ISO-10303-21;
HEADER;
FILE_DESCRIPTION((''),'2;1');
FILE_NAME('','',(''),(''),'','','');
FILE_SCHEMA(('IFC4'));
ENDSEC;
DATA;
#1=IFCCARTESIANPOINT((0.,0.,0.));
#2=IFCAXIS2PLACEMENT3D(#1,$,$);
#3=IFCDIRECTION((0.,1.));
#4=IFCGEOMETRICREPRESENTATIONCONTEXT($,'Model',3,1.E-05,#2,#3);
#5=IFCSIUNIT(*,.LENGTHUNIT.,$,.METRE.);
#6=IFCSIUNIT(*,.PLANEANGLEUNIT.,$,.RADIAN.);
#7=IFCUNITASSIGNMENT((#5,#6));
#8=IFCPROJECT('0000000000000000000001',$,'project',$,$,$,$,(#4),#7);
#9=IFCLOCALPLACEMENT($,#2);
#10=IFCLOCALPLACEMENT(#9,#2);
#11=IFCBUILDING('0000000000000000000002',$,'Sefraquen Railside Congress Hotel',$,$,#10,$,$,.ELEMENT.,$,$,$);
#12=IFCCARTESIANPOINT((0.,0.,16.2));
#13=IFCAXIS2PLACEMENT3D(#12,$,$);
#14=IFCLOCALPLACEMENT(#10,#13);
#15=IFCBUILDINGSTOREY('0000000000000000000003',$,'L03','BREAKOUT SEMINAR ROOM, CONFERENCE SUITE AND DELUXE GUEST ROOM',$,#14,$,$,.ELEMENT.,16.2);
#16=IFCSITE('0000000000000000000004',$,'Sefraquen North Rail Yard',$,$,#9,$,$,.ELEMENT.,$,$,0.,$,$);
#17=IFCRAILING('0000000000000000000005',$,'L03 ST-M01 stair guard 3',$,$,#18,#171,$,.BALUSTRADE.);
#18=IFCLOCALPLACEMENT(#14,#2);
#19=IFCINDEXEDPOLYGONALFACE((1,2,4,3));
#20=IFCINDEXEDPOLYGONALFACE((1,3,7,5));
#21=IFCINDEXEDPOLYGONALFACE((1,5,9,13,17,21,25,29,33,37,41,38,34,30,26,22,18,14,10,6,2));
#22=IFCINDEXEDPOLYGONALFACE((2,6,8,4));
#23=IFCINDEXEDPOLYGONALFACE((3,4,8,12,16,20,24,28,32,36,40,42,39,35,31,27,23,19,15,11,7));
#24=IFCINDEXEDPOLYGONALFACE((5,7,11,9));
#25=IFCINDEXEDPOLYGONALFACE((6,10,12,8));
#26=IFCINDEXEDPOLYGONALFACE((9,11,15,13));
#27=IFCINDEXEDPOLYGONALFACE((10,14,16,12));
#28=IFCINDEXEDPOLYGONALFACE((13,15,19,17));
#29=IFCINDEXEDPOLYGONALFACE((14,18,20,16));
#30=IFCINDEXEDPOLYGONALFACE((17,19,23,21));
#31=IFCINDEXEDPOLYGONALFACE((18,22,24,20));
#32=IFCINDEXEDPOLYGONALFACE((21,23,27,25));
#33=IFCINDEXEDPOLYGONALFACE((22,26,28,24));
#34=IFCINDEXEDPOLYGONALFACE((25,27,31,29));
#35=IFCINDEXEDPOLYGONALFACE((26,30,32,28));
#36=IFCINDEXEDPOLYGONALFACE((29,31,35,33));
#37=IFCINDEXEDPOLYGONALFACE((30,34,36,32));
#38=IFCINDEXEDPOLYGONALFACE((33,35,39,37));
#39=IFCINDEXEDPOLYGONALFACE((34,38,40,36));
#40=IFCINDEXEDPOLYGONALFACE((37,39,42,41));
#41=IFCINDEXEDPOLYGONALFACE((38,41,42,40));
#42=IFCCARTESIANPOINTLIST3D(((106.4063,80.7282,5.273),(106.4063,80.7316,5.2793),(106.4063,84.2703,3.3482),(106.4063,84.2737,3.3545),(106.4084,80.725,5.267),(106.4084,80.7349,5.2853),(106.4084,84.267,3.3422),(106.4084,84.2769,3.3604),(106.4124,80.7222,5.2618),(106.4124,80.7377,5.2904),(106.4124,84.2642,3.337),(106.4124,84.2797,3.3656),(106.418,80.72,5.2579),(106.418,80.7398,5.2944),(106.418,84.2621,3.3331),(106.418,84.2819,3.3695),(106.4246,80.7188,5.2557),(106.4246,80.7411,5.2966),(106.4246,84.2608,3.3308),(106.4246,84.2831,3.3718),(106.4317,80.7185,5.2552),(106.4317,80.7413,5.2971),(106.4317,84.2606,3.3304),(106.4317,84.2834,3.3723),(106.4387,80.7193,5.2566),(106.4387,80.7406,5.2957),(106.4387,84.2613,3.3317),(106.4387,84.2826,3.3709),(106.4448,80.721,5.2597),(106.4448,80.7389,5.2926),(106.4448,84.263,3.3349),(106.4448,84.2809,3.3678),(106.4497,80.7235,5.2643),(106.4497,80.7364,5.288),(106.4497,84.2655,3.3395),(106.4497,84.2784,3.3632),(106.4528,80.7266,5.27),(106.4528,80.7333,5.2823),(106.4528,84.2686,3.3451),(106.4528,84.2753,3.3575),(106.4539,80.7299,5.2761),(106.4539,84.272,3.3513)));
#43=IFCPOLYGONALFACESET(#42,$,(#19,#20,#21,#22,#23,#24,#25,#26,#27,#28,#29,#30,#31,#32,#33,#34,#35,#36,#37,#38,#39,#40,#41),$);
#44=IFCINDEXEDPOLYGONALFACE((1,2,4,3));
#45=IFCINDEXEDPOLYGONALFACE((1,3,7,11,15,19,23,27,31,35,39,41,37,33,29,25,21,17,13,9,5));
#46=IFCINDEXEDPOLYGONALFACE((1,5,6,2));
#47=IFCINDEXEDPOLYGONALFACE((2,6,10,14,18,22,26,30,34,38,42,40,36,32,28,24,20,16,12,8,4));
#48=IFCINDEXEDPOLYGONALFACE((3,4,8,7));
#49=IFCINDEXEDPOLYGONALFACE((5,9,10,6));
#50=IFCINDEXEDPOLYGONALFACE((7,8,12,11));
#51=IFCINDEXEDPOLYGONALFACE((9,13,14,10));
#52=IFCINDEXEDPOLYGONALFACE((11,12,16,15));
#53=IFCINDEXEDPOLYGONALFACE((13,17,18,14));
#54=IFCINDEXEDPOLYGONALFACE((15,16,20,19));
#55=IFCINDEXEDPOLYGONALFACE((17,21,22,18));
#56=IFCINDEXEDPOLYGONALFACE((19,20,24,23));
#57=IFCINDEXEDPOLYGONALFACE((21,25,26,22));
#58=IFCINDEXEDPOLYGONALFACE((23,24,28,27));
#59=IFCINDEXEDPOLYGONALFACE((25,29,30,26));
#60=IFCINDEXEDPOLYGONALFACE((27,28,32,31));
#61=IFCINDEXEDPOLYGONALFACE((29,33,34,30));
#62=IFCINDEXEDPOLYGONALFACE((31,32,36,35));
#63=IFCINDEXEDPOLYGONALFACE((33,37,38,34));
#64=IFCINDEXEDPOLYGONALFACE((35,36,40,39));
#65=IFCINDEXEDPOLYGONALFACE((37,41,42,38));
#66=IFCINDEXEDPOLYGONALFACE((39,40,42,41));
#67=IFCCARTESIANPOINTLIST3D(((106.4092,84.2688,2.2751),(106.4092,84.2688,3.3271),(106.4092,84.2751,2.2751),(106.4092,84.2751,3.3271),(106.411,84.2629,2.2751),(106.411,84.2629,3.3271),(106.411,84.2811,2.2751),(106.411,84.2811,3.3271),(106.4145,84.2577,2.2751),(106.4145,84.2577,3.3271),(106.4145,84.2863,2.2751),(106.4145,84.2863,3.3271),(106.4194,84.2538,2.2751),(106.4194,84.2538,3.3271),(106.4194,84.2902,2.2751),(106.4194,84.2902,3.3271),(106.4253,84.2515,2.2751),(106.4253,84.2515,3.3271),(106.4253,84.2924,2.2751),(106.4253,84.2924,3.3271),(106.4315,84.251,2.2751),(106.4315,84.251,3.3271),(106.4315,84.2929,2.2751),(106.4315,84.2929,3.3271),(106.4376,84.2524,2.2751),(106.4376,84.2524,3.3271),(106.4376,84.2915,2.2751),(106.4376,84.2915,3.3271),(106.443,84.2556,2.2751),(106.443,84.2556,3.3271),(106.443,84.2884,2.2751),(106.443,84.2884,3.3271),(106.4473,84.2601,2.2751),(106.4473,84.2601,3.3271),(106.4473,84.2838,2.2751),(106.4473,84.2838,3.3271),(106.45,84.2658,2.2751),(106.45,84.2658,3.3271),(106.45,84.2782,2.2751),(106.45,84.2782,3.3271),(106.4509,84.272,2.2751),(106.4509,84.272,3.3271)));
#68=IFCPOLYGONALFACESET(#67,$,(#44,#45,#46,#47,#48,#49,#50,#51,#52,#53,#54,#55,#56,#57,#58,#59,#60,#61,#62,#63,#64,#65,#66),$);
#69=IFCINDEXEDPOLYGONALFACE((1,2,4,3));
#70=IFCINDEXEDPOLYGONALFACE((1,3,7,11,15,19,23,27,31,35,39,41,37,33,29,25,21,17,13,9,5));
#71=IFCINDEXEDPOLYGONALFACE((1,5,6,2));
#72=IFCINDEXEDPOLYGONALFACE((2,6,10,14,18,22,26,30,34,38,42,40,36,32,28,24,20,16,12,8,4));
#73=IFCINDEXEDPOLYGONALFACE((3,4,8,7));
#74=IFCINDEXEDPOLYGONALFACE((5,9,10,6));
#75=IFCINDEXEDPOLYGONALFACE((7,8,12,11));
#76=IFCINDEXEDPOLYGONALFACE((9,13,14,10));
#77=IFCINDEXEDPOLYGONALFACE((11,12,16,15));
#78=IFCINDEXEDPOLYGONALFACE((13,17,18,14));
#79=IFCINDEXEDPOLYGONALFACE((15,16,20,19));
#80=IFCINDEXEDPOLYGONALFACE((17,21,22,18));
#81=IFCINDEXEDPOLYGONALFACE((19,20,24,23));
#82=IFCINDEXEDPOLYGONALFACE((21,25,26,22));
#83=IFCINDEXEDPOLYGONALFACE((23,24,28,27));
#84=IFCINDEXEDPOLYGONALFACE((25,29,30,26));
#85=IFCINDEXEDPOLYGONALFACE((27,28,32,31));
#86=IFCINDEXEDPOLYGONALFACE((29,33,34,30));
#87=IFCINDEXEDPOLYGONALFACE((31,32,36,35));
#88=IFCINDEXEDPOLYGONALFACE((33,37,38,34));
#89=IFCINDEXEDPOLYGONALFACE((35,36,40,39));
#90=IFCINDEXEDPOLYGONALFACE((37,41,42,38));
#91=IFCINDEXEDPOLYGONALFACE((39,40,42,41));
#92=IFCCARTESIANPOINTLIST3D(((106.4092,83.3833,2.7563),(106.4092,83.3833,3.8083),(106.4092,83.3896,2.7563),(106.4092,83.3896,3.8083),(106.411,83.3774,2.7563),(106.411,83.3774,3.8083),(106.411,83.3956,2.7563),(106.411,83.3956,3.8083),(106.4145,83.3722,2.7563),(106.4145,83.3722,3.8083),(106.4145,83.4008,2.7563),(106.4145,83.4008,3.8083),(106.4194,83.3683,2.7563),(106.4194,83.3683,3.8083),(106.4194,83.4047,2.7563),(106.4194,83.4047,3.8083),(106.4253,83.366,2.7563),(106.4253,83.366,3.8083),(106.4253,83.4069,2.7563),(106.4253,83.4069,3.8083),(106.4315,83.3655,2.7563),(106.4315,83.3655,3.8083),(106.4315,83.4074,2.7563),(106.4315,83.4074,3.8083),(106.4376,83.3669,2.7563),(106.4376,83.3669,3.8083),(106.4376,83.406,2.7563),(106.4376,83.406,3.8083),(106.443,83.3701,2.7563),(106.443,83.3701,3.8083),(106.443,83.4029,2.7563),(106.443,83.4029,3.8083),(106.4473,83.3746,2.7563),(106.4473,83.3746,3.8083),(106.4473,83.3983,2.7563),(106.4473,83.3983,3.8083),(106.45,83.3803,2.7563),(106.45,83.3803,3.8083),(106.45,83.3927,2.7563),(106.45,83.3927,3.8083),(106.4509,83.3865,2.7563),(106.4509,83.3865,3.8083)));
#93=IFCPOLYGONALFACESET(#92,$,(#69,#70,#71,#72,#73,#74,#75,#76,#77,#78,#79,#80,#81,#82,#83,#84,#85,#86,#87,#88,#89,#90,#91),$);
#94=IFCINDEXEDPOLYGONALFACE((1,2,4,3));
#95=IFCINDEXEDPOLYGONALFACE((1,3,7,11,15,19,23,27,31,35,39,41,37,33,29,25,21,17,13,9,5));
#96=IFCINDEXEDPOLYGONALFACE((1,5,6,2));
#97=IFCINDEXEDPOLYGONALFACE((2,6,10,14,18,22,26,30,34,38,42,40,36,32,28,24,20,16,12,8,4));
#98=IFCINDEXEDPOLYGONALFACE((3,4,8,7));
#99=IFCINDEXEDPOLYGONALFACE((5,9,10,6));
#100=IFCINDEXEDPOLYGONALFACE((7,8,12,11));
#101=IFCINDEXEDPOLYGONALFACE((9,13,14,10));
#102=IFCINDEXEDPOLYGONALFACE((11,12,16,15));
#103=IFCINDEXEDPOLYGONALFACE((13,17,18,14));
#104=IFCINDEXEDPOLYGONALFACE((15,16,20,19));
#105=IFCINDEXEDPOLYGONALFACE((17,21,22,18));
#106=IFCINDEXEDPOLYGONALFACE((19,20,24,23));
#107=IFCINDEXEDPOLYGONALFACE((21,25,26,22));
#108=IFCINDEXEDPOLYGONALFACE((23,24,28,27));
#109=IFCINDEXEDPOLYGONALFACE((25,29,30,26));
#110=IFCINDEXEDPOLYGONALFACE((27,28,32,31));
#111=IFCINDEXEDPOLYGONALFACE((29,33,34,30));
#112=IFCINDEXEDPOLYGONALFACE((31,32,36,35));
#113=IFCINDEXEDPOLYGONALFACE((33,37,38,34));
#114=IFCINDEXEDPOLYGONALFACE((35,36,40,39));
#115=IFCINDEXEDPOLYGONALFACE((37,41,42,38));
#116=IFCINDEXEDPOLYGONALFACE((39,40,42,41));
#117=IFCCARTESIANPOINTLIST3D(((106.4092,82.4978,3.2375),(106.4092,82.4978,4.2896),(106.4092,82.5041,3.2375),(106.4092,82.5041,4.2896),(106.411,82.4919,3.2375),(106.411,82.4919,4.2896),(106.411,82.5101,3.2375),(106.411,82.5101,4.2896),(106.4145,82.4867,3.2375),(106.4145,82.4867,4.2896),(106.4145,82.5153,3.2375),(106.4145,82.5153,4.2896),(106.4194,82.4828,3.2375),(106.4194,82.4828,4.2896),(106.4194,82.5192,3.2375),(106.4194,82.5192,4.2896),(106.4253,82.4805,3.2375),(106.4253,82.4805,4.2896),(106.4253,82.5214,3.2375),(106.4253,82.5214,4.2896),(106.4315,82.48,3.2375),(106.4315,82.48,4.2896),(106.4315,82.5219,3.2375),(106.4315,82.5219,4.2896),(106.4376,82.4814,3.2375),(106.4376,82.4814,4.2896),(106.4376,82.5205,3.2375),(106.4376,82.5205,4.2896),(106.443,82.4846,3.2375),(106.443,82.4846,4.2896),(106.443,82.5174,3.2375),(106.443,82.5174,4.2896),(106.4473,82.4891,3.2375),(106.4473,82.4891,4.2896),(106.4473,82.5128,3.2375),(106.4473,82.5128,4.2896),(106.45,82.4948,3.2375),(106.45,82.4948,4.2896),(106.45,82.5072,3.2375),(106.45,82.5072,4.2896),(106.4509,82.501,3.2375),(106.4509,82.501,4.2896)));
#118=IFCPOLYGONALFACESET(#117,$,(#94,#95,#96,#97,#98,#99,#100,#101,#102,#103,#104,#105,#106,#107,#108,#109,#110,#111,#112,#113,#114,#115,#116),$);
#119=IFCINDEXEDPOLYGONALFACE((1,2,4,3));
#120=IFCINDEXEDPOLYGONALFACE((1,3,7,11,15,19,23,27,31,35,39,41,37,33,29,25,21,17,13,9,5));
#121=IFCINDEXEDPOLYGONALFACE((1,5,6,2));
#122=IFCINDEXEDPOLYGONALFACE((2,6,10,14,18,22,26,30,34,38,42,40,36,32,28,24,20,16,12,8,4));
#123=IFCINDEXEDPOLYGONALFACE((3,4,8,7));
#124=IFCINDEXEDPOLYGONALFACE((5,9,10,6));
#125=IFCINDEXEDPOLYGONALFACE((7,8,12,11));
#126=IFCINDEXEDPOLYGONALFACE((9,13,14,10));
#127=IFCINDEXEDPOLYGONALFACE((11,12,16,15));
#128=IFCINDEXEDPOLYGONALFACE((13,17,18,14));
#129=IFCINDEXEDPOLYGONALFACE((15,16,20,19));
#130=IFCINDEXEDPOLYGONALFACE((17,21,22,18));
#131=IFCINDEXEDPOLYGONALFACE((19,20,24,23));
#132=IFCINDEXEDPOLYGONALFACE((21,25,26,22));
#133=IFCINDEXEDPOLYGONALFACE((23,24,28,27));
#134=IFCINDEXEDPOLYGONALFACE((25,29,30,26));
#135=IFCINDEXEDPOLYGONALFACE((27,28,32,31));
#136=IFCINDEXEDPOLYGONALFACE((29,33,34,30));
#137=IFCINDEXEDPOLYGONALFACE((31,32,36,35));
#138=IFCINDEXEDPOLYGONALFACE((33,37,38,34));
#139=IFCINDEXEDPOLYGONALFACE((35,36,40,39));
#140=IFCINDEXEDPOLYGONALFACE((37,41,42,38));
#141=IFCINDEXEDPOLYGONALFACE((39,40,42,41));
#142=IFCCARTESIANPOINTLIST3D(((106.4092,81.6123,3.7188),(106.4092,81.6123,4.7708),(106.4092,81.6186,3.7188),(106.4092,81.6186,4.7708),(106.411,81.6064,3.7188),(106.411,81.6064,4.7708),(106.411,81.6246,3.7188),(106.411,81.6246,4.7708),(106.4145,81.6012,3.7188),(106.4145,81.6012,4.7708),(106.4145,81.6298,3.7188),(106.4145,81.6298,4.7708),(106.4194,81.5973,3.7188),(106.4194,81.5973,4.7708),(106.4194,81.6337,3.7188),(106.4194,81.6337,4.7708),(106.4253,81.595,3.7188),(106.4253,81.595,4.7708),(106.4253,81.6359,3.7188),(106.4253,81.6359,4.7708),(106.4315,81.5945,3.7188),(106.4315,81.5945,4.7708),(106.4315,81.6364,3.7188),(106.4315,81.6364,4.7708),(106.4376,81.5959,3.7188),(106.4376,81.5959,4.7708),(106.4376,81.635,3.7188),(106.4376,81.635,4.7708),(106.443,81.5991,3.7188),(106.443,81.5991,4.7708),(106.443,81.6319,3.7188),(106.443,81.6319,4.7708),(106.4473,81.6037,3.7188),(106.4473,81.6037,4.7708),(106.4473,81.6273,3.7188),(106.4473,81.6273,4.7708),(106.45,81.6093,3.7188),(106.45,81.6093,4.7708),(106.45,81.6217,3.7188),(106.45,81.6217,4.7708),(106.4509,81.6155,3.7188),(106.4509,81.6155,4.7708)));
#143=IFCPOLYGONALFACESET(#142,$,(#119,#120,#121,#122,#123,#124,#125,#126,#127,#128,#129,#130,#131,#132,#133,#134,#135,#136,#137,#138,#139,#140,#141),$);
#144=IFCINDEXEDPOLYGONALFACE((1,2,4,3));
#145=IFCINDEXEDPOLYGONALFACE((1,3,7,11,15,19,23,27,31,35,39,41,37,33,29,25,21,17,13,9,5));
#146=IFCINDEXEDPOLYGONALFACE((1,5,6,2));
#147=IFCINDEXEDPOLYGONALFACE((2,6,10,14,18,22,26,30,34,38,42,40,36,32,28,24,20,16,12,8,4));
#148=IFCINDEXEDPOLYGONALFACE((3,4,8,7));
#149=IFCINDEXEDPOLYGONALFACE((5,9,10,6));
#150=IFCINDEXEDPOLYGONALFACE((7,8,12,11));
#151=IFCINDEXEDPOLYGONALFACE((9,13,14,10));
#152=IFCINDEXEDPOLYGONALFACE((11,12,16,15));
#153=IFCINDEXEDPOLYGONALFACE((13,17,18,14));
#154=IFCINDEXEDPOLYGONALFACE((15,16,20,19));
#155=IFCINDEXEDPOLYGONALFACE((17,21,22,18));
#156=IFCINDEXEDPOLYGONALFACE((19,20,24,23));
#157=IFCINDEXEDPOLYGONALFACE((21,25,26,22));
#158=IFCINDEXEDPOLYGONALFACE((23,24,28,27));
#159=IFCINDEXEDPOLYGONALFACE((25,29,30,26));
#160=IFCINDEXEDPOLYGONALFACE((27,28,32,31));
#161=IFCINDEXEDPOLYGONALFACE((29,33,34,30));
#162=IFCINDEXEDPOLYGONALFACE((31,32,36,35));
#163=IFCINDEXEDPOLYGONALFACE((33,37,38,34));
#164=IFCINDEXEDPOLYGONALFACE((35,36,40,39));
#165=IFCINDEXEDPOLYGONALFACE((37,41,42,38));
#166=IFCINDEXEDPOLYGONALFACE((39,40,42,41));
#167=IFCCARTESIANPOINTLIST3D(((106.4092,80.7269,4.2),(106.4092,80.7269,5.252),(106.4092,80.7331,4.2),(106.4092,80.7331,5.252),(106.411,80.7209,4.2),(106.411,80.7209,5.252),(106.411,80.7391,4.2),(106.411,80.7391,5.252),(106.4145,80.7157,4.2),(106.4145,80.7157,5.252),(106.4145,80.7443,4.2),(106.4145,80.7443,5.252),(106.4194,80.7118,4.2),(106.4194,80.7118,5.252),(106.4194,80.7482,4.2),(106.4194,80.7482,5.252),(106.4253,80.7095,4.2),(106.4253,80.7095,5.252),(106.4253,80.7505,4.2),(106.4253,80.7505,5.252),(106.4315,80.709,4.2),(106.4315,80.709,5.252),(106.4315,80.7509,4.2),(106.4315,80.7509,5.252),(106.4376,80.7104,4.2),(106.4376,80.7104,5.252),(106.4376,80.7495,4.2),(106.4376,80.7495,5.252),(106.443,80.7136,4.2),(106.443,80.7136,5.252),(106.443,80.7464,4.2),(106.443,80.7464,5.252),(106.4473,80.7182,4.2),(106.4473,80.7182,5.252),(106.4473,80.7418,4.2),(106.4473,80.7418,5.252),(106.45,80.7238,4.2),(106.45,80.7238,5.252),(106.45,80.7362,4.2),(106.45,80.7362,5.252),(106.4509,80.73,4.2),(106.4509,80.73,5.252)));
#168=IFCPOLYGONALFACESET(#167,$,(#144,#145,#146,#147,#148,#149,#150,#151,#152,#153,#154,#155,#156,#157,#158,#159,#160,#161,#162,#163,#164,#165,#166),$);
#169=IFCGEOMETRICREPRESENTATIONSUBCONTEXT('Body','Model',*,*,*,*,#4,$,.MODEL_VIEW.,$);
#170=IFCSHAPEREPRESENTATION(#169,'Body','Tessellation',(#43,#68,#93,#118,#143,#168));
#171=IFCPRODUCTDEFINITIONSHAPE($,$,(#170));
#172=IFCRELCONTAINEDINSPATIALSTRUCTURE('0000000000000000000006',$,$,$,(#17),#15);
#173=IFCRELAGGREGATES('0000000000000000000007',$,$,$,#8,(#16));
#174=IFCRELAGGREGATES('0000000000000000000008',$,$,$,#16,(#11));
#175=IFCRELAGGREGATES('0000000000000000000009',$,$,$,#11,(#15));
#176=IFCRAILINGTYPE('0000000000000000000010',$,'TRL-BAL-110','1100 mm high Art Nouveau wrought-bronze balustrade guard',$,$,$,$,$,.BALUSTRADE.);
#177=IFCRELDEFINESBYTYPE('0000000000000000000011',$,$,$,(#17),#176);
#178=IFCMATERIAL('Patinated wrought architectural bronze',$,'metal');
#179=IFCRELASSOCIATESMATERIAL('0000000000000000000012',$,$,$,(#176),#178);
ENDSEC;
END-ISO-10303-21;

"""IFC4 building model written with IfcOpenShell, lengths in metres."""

from ifc_helpers import new_model, si_unit, direction, frame, origin, origin_2d, place, context, subcontext, project, spatial, circle, extrude, material, type_object, element, save


model = new_model("IFC4")

# Units and contexts
model_context = context("Model", 3, precision=1e-05, world=origin(), true_north=direction((0.0, 1.0)))
body_context = subcontext(model_context, "Body", "Model", "MODEL_VIEW")
ifc_project = project(units=[si_unit("LENGTHUNIT", "METRE"), si_unit("PLANEANGLEUNIT", "RADIAN")], contexts=[model_context])

# Site, building, storey
site_placement = place(None, origin())
site = spatial("IfcSite", under=ifc_project, at=site_placement, Name="Sefraquen North Rail Yard", CompositionType="ELEMENT", RefElevation=0.0)
building_placement = place(site_placement, origin())
building = spatial("IfcBuilding", under=site, at=building_placement, Name="Sefraquen Railside Congress Hotel", CompositionType="ELEMENT")
storey_placement = place(building_placement, frame((0.0, 0.0, 16.2)))
storey = spatial("IfcBuildingStorey", under=building, at=storey_placement, Name="L03", Description="BREAKOUT SEMINAR ROOM, CONFERENCE SUITE AND DELUXE GUEST ROOM", CompositionType="ELEMENT", Elevation=16.2)

# Railing
ifc_material_1 = material(Name="Patinated wrought architectural bronze", Category="metal")
railing_type_1 = type_object("IfcRailingType", Name="TRL-BAL-110", Description="1100 mm high Art Nouveau wrought-bronze balustrade guard", PredefinedType="BALUSTRADE", material=ifc_material_1)
railing_1_placement = place(storey_placement, frame((106.4299, 84.272, 2.2751)))
element("IfcRailing", 1, at=railing_1_placement, inside=storey, type_object=railing_type_1, Name="L03 ST-M01 stair guard 3", PredefinedType="BALUSTRADE", context=body_context, shape_type="SweptSolid", body=[
    extrude(circle(Radius=0.0239, at=origin_2d()), frame((0.0, 0.0, 1.0762), z_axis=(0.0, -0.878644, 0.477477), x_axis=(1.0, 0.0, 0.0)), (0.0, 0.0, 1.0), 4.0312),
    extrude(circle(Radius=0.021, at=origin_2d()), origin(), (0.0, 0.0, 1.0), 1.052),
    extrude(circle(Radius=0.021, at=origin_2d()), frame((0.0, -0.8855, 0.4812)), (0.0, 0.0, 1.0), 1.052),
    extrude(circle(Radius=0.021, at=origin_2d()), frame((0.0, -1.771, 0.9624)), (0.0, 0.0, 1.0), 1.052),
    extrude(circle(Radius=0.021, at=origin_2d()), frame((0.0, -2.6565, 1.4436)), (0.0, 0.0, 1.0), 1.052),
    extrude(circle(Radius=0.021, at=origin_2d()), frame((0.0, -3.542, 1.9248)), (0.0, 0.0, 1.0), 1.052),
])

save(model, "model.ifc")
